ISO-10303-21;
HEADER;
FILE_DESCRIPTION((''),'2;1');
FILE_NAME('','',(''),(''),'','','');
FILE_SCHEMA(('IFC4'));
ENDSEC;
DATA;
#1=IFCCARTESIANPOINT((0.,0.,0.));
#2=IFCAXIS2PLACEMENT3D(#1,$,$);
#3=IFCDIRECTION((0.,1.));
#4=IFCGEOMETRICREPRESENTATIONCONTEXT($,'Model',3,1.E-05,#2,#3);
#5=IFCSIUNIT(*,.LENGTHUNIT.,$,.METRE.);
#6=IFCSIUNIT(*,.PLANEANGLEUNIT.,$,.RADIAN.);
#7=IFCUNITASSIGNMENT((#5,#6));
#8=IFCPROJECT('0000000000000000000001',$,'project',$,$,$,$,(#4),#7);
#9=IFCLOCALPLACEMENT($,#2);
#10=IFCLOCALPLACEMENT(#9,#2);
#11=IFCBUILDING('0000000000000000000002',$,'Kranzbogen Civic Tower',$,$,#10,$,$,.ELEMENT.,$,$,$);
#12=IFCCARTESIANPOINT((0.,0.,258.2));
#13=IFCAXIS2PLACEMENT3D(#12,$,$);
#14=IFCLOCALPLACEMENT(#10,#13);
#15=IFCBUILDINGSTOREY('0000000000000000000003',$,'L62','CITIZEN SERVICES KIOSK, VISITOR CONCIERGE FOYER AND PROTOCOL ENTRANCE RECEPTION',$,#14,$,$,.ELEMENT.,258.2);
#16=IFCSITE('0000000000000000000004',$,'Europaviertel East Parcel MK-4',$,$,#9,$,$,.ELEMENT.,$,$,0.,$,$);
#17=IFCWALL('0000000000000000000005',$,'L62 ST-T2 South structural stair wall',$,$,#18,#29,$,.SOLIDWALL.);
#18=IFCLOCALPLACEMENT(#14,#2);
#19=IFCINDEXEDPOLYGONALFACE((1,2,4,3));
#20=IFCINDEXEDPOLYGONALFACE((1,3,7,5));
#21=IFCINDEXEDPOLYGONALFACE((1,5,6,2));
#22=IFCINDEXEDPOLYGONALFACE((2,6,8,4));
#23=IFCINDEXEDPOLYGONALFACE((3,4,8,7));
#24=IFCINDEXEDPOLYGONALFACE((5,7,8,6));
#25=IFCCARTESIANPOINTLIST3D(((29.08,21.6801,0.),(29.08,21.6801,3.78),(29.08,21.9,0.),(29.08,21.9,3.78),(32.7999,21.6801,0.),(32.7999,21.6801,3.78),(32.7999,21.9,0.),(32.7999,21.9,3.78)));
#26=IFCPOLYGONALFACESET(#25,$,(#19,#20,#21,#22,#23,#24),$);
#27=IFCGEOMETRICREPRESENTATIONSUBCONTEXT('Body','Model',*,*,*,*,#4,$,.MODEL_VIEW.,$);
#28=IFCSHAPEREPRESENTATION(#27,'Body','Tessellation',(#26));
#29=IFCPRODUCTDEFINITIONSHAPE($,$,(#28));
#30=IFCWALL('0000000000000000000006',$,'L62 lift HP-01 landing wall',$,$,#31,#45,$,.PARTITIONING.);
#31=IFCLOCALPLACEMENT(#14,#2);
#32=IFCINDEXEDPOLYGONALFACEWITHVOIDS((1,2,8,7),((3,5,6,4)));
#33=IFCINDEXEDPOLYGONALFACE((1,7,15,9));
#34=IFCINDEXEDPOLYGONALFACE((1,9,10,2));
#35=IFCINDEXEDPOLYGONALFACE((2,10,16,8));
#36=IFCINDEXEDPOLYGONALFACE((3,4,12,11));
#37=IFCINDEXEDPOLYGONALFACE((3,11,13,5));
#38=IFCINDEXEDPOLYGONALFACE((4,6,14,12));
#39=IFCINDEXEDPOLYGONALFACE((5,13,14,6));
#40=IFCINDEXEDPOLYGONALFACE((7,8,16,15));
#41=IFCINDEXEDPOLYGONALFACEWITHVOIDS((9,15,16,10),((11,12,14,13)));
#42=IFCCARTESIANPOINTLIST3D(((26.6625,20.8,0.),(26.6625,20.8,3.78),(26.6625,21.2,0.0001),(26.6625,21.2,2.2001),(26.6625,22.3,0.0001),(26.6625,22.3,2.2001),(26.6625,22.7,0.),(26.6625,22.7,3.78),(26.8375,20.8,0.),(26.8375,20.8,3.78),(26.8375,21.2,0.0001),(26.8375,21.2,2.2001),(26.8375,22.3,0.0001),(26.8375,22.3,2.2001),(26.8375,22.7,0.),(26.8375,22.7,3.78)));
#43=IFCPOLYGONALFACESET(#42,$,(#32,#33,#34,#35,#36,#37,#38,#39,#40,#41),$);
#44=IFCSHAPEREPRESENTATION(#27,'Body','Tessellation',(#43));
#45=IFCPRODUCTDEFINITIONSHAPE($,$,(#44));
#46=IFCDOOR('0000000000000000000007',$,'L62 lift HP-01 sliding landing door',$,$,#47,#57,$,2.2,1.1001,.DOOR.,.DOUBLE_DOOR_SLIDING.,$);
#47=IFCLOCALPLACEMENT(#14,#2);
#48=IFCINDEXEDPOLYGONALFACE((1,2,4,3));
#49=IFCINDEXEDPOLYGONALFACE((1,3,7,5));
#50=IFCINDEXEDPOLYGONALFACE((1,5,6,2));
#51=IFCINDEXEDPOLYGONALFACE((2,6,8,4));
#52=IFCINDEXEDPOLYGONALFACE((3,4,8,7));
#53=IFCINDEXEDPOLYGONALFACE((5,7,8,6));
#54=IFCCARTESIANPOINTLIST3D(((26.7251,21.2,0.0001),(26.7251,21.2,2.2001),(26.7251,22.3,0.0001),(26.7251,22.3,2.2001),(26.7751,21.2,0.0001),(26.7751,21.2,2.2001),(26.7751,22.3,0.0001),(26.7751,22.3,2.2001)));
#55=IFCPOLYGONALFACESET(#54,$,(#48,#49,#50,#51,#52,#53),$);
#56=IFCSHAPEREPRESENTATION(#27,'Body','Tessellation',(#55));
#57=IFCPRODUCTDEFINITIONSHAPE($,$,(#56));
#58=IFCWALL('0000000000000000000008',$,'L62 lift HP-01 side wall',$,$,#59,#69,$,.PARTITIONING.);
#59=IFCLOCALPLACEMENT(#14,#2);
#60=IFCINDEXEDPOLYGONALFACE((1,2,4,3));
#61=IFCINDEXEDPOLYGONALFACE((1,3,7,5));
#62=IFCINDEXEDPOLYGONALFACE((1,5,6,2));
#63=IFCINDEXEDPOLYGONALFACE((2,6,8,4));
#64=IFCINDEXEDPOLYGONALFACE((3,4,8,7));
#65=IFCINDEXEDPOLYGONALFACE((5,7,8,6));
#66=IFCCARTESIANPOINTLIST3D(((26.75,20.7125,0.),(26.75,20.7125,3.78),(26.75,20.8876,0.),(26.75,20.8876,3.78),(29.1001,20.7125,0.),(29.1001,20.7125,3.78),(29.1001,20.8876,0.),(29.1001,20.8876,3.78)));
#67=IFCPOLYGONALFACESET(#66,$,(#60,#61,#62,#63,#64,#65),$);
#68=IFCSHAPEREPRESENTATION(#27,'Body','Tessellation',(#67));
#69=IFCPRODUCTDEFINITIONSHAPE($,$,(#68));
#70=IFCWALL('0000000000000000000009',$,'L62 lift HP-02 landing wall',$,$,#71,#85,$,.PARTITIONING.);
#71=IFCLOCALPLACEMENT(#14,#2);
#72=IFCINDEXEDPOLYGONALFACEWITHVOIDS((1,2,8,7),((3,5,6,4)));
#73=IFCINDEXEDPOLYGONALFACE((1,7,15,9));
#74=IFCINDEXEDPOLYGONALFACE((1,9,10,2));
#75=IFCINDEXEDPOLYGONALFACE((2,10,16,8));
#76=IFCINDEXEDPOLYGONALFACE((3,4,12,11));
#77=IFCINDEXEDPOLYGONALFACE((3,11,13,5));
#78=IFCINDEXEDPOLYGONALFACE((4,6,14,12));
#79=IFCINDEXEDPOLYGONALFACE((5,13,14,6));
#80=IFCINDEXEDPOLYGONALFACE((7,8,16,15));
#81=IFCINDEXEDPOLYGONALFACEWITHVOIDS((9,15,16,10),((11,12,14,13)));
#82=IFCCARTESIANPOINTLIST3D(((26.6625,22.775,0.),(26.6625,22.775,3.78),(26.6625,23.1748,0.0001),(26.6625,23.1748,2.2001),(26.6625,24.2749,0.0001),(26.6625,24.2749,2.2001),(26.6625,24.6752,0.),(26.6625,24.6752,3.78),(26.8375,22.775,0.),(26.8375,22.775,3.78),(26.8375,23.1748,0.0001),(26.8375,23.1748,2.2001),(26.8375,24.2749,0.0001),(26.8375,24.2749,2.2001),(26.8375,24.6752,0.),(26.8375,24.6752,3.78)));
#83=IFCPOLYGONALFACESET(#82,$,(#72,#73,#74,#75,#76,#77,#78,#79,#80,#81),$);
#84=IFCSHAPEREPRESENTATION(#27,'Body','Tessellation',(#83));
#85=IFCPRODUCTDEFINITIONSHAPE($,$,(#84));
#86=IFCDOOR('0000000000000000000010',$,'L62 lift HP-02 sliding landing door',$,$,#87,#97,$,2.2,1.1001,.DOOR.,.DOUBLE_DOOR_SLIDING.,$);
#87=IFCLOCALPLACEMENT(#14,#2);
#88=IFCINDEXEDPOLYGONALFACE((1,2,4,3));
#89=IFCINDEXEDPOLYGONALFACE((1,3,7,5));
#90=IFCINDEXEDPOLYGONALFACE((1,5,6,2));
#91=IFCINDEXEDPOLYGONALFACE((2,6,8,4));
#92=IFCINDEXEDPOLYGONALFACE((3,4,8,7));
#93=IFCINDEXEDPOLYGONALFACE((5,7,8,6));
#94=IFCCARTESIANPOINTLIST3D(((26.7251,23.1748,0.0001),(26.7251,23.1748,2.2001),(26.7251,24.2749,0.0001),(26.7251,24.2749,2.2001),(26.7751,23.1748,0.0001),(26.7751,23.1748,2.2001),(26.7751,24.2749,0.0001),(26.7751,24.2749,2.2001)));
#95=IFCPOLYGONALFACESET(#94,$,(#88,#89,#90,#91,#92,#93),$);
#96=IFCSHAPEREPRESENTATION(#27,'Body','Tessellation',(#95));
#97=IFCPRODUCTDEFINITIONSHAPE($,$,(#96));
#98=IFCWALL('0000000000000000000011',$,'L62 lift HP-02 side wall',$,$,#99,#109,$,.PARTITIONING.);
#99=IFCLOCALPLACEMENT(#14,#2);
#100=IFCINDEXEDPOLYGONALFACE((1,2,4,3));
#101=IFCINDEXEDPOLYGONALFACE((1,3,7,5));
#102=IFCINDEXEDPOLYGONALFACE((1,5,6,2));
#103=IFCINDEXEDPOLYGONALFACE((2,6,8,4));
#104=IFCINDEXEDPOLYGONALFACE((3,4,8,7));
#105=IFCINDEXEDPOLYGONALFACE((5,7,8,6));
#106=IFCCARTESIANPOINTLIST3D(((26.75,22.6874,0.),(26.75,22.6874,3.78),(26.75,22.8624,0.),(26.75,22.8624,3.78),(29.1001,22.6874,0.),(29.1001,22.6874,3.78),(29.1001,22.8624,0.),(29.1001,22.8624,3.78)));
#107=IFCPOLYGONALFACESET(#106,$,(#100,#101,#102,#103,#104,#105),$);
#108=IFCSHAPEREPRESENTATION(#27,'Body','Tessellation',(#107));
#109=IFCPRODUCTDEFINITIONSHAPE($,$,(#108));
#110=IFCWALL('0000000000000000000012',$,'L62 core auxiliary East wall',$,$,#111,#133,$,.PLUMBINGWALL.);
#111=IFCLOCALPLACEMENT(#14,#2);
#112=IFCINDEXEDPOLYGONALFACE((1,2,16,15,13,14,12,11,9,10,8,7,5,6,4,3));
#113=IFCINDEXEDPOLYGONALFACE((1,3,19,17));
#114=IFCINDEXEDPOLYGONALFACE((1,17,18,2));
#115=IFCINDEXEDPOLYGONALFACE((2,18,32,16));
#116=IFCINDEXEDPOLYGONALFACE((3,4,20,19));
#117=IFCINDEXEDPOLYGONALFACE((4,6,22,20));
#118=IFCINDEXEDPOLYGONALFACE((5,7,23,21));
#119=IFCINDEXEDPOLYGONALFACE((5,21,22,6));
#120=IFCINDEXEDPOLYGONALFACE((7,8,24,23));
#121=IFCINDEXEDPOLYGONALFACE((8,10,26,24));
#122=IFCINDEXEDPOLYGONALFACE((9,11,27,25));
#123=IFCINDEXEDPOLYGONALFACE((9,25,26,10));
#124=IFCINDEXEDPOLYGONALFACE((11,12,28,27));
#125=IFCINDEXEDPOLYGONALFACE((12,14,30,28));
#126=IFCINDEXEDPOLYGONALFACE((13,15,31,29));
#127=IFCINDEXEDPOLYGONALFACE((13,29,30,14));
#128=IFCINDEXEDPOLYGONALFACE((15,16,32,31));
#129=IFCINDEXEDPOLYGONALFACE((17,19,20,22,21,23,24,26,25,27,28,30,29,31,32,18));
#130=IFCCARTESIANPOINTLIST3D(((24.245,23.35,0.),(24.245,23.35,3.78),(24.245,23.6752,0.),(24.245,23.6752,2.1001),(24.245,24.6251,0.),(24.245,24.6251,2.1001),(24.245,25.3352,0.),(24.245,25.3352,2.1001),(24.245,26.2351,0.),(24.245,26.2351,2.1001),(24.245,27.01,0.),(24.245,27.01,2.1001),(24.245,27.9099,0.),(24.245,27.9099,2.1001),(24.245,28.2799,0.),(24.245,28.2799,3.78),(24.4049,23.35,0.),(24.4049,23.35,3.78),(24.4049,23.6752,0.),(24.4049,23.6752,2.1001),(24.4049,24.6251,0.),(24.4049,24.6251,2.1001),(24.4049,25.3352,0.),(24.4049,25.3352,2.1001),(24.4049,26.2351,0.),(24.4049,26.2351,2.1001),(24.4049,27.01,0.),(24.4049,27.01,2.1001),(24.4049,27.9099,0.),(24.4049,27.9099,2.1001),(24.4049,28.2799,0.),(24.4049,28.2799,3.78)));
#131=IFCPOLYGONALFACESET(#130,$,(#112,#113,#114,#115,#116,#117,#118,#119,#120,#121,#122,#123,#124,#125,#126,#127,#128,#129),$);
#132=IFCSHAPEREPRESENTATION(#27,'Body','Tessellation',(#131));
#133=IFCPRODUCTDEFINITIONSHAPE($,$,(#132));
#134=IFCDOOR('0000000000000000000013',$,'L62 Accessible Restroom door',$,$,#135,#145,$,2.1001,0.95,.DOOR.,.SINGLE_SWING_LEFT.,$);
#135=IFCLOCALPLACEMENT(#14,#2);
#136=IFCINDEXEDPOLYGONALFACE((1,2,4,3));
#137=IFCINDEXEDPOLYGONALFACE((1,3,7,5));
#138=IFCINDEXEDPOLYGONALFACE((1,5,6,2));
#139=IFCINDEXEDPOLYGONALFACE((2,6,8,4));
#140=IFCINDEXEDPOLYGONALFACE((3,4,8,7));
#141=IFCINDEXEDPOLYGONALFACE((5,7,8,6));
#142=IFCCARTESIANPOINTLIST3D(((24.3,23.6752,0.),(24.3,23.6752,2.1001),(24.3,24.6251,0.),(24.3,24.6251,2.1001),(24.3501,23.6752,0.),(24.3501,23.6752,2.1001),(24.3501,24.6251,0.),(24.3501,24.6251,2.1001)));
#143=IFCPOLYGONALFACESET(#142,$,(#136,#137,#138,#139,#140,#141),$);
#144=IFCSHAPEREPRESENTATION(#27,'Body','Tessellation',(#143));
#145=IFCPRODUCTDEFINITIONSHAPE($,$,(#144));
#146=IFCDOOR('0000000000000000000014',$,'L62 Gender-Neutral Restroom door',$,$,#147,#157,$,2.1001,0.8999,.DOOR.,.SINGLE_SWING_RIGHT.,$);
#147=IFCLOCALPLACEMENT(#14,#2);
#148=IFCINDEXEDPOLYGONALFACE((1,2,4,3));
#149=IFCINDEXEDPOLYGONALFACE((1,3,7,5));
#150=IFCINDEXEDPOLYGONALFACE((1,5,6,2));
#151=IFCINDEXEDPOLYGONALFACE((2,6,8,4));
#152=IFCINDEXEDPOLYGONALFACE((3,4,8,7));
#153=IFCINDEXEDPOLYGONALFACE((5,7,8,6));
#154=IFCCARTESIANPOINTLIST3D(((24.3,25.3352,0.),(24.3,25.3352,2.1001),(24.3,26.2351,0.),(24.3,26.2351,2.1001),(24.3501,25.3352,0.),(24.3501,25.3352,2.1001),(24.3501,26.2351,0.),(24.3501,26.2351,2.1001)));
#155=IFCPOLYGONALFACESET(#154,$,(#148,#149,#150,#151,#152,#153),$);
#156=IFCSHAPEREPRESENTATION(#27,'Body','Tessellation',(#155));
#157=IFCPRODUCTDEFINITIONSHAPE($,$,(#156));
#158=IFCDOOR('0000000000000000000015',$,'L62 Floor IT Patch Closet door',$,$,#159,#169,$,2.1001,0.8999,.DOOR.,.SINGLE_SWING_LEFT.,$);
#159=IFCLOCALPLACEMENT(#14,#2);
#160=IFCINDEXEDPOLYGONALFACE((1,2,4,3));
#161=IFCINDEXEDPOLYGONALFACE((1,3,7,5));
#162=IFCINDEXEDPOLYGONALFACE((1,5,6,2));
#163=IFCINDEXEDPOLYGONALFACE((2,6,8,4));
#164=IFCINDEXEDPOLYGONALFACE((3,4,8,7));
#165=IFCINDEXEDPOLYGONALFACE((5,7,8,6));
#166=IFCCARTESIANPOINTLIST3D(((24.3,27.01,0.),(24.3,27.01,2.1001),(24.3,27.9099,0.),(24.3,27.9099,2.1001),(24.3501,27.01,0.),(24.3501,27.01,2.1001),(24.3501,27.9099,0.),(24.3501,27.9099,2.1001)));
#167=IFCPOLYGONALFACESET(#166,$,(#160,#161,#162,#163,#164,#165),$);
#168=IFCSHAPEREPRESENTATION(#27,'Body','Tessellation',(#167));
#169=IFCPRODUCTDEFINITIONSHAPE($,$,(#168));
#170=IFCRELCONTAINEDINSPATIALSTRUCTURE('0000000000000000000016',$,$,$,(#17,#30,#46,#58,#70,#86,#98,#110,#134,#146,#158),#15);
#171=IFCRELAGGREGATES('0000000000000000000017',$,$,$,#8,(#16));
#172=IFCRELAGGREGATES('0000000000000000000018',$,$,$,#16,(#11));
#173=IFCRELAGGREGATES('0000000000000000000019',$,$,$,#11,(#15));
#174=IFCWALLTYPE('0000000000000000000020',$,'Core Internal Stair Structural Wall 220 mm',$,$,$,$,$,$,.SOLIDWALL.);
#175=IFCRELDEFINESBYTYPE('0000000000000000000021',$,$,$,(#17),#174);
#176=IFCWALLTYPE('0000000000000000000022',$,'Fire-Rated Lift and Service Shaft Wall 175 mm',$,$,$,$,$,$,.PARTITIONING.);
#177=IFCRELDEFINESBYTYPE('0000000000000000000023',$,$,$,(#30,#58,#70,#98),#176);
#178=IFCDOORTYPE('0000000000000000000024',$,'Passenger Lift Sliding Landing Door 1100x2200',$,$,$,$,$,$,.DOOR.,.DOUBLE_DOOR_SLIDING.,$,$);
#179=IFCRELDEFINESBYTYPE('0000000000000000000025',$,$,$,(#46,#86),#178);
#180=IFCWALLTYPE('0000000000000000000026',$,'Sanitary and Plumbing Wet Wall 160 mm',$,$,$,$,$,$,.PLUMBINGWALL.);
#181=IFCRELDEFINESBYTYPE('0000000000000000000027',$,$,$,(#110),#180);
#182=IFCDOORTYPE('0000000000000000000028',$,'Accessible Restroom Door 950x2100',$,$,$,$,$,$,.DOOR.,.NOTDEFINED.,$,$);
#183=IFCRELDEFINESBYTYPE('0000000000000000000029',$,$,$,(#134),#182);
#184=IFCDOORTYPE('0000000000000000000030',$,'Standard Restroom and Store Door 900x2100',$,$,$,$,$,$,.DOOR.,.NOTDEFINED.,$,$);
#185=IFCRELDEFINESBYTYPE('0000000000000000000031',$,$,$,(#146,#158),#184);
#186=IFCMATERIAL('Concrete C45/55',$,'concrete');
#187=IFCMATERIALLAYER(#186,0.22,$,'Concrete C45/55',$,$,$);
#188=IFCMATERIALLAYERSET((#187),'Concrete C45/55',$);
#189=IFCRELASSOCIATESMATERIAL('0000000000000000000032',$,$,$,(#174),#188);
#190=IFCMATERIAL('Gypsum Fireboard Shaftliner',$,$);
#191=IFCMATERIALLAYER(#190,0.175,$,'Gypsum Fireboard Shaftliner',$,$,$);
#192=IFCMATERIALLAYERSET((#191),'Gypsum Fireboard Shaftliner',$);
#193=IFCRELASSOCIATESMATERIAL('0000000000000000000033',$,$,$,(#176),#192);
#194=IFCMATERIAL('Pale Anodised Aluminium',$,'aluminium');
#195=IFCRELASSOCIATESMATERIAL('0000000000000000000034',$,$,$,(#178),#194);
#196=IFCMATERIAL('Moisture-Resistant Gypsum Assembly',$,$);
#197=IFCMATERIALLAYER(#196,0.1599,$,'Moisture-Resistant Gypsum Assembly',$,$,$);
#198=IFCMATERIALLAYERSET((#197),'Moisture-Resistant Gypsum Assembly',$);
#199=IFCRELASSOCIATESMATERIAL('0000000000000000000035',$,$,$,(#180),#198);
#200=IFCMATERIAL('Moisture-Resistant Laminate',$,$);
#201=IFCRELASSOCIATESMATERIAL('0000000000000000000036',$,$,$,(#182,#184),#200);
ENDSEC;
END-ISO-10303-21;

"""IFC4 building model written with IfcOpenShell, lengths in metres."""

from ifc_helpers import new_model, si_unit, direction, frame, frame_2d, origin, place, context, subcontext, project, spatial, rectangle, extrude, material, layer, layer_set, type_object, element, fill, save


model = new_model("IFC4")

# Units and contexts
model_context = context("Model", 3, precision=1e-05, world=origin(), true_north=direction((0.0, 1.0)))
body_context = subcontext(model_context, "Body", "Model", "MODEL_VIEW")
ifc_project = project(units=[si_unit("LENGTHUNIT", "METRE"), si_unit("PLANEANGLEUNIT", "RADIAN")], contexts=[model_context])

# Site, building, storey
site_placement = place(None, origin())
site = spatial("IfcSite", under=ifc_project, at=site_placement, Name="Europaviertel East Parcel MK-4", CompositionType="ELEMENT", RefElevation=0.0)
building_placement = place(site_placement, origin())
building = spatial("IfcBuilding", under=site, at=building_placement, Name="Kranzbogen Civic Tower", CompositionType="ELEMENT")
storey_placement = place(building_placement, frame((0.0, 0.0, 258.2)))
storey = spatial("IfcBuildingStorey", under=building, at=storey_placement, Name="L62", Description="CITIZEN SERVICES KIOSK, VISITOR CONCIERGE FOYER AND PROTOCOL ENTRANCE RECEPTION", CompositionType="ELEMENT", Elevation=258.2)

# Shared definitions
ifc_material_1 = material(Name="Concrete C45/55", Category="concrete")
ifc_layer_1 = layer(ifc_material_1, 0.22, Name="Concrete C45/55")
ifc_layer_set_1 = layer_set([ifc_layer_1], Name="Concrete C45/55")
wall_type_1 = type_object("IfcWallType", Name="Core Internal Stair Structural Wall 220 mm", PredefinedType="SOLIDWALL", material=ifc_layer_set_1)

# Wall
wall_1_placement = place(storey_placement, frame((29.0801, 21.79, 0.0), z_axis=(0.0, 0.0, 1.0), x_axis=(1.0, 0.0, 0.0)))
element("IfcWall", 1, at=wall_1_placement, inside=storey, type_object=wall_type_1, Name="L62 ST-T2 South structural stair wall", PredefinedType="SOLIDWALL", context=body_context, shape_type="SweptSolid", body=[
    extrude(rectangle(XDim=3.72, YDim=0.22, at=frame_2d((1.8599, 0.0))), origin(), (0.0, 0.0, 1.0), 3.78),
])

# Wall, opening, door
ifc_material_2 = material(Name="Gypsum Fireboard Shaftliner")
ifc_layer_2 = layer(ifc_material_2, 0.175, Name="Gypsum Fireboard Shaftliner")
ifc_layer_set_2 = layer_set([ifc_layer_2], Name="Gypsum Fireboard Shaftliner")
wall_type_2 = type_object("IfcWallType", Name="Fire-Rated Lift and Service Shaft Wall 175 mm", PredefinedType="PARTITIONING", material=ifc_layer_set_2)
wall_2_placement = place(storey_placement, frame((26.75, 20.8, 0.0), z_axis=(0.0, 0.0, 1.0), x_axis=(0.0, 1.0, 0.0)))
wall_2 = element("IfcWall", 2, at=wall_2_placement, inside=storey, type_object=wall_type_2, Name="L62 lift HP-01 landing wall", PredefinedType="PARTITIONING", context=body_context, shape_type="SweptSolid", body=[
    extrude(rectangle(XDim=1.8999, YDim=0.175, at=frame_2d((0.95, 0.0))), origin(), (0.0, 0.0, 1.0), 3.78),
])
opening_1_placement = place(wall_2_placement, frame((0.3999, 0.0, 0.0)))
opening_1 = element("IfcOpeningElement", 3, at=opening_1_placement, cuts=wall_2, PredefinedType="OPENING", context=body_context, shape_type="SweptSolid", body=[
    extrude(rectangle(XDim=1.1001, YDim=2.2, at=frame_2d((0.55, 1.1001))), frame((0.0, 0.0977, 0.0), z_axis=(0.0, -1.0, 0.0), x_axis=(1.0, 0.0, 0.0)), (0.0, 0.0, 1.0), 0.1951),
])
ifc_material_3 = material(Name="Pale Anodised Aluminium", Category="aluminium")
door_type_1 = type_object("IfcDoorType", Name="Passenger Lift Sliding Landing Door 1100x2200", OperationType="DOUBLE_DOOR_SLIDING", PredefinedType="DOOR", material=ifc_material_3)
door_1_placement = place(opening_1_placement, origin())
door_1 = element("IfcDoor", 4, at=door_1_placement, inside=storey, type_object=door_type_1, Name="L62 lift HP-01 sliding landing door", OperationType="DOUBLE_DOOR_SLIDING", OverallHeight=2.2, OverallWidth=1.1001, PredefinedType="DOOR", context=body_context, shape_type="SweptSolid", body=[
    extrude(rectangle(XDim=1.1001, YDim=2.2, at=frame_2d((0.55, 1.1001))), frame((0.0, 0.0249, 0.0), z_axis=(0.0, -1.0, 0.0), x_axis=(1.0, 0.0, 0.0)), (0.0, 0.0, 1.0), 0.05),
])
fill(opening_1, door_1)

# Wall
wall_3_placement = place(storey_placement, frame((26.75, 20.8, 0.0), z_axis=(0.0, 0.0, 1.0), x_axis=(1.0, 0.0, 0.0)))
element("IfcWall", 5, at=wall_3_placement, inside=storey, type_object=wall_type_2, Name="L62 lift HP-01 side wall", PredefinedType="PARTITIONING", context=body_context, shape_type="SweptSolid", body=[
    extrude(rectangle(XDim=2.3501, YDim=0.175, at=frame_2d((1.175, 0.0))), origin(), (0.0, 0.0, 1.0), 3.78),
])

# Wall, opening, door
wall_4_placement = place(storey_placement, frame((26.75, 22.7749, 0.0), z_axis=(0.0, 0.0, 1.0), x_axis=(0.0, 1.0, 0.0)))
wall_4 = element("IfcWall", 6, at=wall_4_placement, inside=storey, type_object=wall_type_2, Name="L62 lift HP-02 landing wall", PredefinedType="PARTITIONING", context=body_context, shape_type="SweptSolid", body=[
    extrude(rectangle(XDim=1.9001, YDim=0.175, at=frame_2d((0.9502, 0.0))), origin(), (0.0, 0.0, 1.0), 3.78),
])
opening_2_placement = place(wall_4_placement, frame((0.3999, 0.0, 0.0)))
opening_2 = element("IfcOpeningElement", 7, at=opening_2_placement, cuts=wall_4, PredefinedType="OPENING", context=body_context, shape_type="SweptSolid", body=[
    extrude(rectangle(XDim=1.1001, YDim=2.2, at=frame_2d((0.55, 1.1001))), frame((0.0, 0.0977, 0.0), z_axis=(0.0, -1.0, 0.0), x_axis=(1.0, 0.0, 0.0)), (0.0, 0.0, 1.0), 0.1951),
])
door_2_placement = place(opening_2_placement, origin())
door_2 = element("IfcDoor", 8, at=door_2_placement, inside=storey, type_object=door_type_1, Name="L62 lift HP-02 sliding landing door", OperationType="DOUBLE_DOOR_SLIDING", OverallHeight=2.2, OverallWidth=1.1001, PredefinedType="DOOR", context=body_context, shape_type="SweptSolid", body=[
    extrude(rectangle(XDim=1.1001, YDim=2.2, at=frame_2d((0.55, 1.1001))), frame((0.0, 0.0249, 0.0), z_axis=(0.0, -1.0, 0.0), x_axis=(1.0, 0.0, 0.0)), (0.0, 0.0, 1.0), 0.05),
])
fill(opening_2, door_2)

# Wall
wall_5_placement = place(storey_placement, frame((26.75, 22.7749, 0.0), z_axis=(0.0, 0.0, 1.0), x_axis=(1.0, 0.0, 0.0)))
element("IfcWall", 9, at=wall_5_placement, inside=storey, type_object=wall_type_2, Name="L62 lift HP-02 side wall", PredefinedType="PARTITIONING", context=body_context, shape_type="SweptSolid", body=[
    extrude(rectangle(XDim=2.3501, YDim=0.175, at=frame_2d((1.175, 0.0))), origin(), (0.0, 0.0, 1.0), 3.78),
])

# Wall, openings, doors
ifc_material_4 = material(Name="Moisture-Resistant Gypsum Assembly")
ifc_layer_3 = layer(ifc_material_4, 0.1599, Name="Moisture-Resistant Gypsum Assembly")
ifc_layer_set_3 = layer_set([ifc_layer_3], Name="Moisture-Resistant Gypsum Assembly")
wall_type_3 = type_object("IfcWallType", Name="Sanitary and Plumbing Wet Wall 160 mm", PredefinedType="PLUMBINGWALL", material=ifc_layer_set_3)
wall_6_placement = place(storey_placement, frame((24.325, 23.3501, 0.0), z_axis=(0.0, 0.0, 1.0), x_axis=(0.0, 1.0, 0.0)))
wall_6 = element("IfcWall", 10, at=wall_6_placement, inside=storey, type_object=wall_type_3, Name="L62 core auxiliary East wall", PredefinedType="PLUMBINGWALL", context=body_context, shape_type="SweptSolid", body=[
    extrude(rectangle(XDim=4.9299, YDim=0.1599, at=frame_2d((2.4648, 0.0))), origin(), (0.0, 0.0, 1.0), 3.78),
])
opening_3_placement = place(wall_6_placement, frame((0.325, 0.0, 0.0)))
opening_3 = element("IfcOpeningElement", 11, at=opening_3_placement, cuts=wall_6, PredefinedType="OPENING", context=body_context, shape_type="SweptSolid", body=[
    extrude(rectangle(XDim=0.95, YDim=2.1001, at=frame_2d((0.4751, 1.05))), frame((0.0, 0.0898, 0.0), z_axis=(0.0, -1.0, 0.0), x_axis=(1.0, 0.0, 0.0)), (0.0, 0.0, 1.0), 0.1799),
])
opening_4_placement = place(wall_6_placement, frame((1.9851, 0.0, 0.0)))
opening_4 = element("IfcOpeningElement", 12, at=opening_4_placement, cuts=wall_6, PredefinedType="OPENING", context=body_context, shape_type="SweptSolid", body=[
    extrude(rectangle(XDim=0.8999, YDim=2.1001, at=frame_2d((0.45, 1.05))), frame((0.0, 0.0898, 0.0), z_axis=(0.0, -1.0, 0.0), x_axis=(1.0, 0.0, 0.0)), (0.0, 0.0, 1.0), 0.1799),
])
opening_5_placement = place(wall_6_placement, frame((3.6599, 0.0, 0.0)))
opening_5 = element("IfcOpeningElement", 13, at=opening_5_placement, cuts=wall_6, PredefinedType="OPENING", context=body_context, shape_type="SweptSolid", body=[
    extrude(rectangle(XDim=0.8999, YDim=2.1001, at=frame_2d((0.45, 1.05))), frame((0.0, 0.0898, 0.0), z_axis=(0.0, -1.0, 0.0), x_axis=(1.0, 0.0, 0.0)), (0.0, 0.0, 1.0), 0.1799),
])
ifc_material_5 = material(Name="Moisture-Resistant Laminate")
door_type_2 = type_object("IfcDoorType", Name="Accessible Restroom Door 950x2100", OperationType="NOTDEFINED", PredefinedType="DOOR", material=ifc_material_5)
door_3_placement = place(opening_3_placement, origin())
door_3 = element("IfcDoor", 14, at=door_3_placement, inside=storey, type_object=door_type_2, Name="L62 Accessible Restroom door", OperationType="SINGLE_SWING_LEFT", OverallHeight=2.1001, OverallWidth=0.95, PredefinedType="DOOR", context=body_context, shape_type="SweptSolid", body=[
    extrude(rectangle(XDim=0.95, YDim=2.1001, at=frame_2d((0.4751, 1.05))), frame((0.0, 0.0249, 0.0), z_axis=(0.0, -1.0, 0.0), x_axis=(1.0, 0.0, 0.0)), (0.0, 0.0, 1.0), 0.05),
])
fill(opening_3, door_3)
door_type_3 = type_object("IfcDoorType", Name="Standard Restroom and Store Door 900x2100", OperationType="NOTDEFINED", PredefinedType="DOOR", material=ifc_material_5)
door_4_placement = place(opening_4_placement, origin())
door_4 = element("IfcDoor", 15, at=door_4_placement, inside=storey, type_object=door_type_3, Name="L62 Gender-Neutral Restroom door", OperationType="SINGLE_SWING_RIGHT", OverallHeight=2.1001, OverallWidth=0.8999, PredefinedType="DOOR", context=body_context, shape_type="SweptSolid", body=[
    extrude(rectangle(XDim=0.8999, YDim=2.1001, at=frame_2d((0.45, 1.05))), frame((0.0, 0.0249, 0.0), z_axis=(0.0, -1.0, 0.0), x_axis=(1.0, 0.0, 0.0)), (0.0, 0.0, 1.0), 0.05),
])
fill(opening_4, door_4)
door_5_placement = place(opening_5_placement, origin())
door_5 = element("IfcDoor", 16, at=door_5_placement, inside=storey, type_object=door_type_3, Name="L62 Floor IT Patch Closet door", OperationType="SINGLE_SWING_LEFT", OverallHeight=2.1001, OverallWidth=0.8999, PredefinedType="DOOR", context=body_context, shape_type="SweptSolid", body=[
    extrude(rectangle(XDim=0.8999, YDim=2.1001, at=frame_2d((0.45, 1.05))), frame((0.0, 0.0249, 0.0), z_axis=(0.0, -1.0, 0.0), x_axis=(1.0, 0.0, 0.0)), (0.0, 0.0, 1.0), 0.05),
])
fill(opening_5, door_5)

save(model, "model.ifc")
